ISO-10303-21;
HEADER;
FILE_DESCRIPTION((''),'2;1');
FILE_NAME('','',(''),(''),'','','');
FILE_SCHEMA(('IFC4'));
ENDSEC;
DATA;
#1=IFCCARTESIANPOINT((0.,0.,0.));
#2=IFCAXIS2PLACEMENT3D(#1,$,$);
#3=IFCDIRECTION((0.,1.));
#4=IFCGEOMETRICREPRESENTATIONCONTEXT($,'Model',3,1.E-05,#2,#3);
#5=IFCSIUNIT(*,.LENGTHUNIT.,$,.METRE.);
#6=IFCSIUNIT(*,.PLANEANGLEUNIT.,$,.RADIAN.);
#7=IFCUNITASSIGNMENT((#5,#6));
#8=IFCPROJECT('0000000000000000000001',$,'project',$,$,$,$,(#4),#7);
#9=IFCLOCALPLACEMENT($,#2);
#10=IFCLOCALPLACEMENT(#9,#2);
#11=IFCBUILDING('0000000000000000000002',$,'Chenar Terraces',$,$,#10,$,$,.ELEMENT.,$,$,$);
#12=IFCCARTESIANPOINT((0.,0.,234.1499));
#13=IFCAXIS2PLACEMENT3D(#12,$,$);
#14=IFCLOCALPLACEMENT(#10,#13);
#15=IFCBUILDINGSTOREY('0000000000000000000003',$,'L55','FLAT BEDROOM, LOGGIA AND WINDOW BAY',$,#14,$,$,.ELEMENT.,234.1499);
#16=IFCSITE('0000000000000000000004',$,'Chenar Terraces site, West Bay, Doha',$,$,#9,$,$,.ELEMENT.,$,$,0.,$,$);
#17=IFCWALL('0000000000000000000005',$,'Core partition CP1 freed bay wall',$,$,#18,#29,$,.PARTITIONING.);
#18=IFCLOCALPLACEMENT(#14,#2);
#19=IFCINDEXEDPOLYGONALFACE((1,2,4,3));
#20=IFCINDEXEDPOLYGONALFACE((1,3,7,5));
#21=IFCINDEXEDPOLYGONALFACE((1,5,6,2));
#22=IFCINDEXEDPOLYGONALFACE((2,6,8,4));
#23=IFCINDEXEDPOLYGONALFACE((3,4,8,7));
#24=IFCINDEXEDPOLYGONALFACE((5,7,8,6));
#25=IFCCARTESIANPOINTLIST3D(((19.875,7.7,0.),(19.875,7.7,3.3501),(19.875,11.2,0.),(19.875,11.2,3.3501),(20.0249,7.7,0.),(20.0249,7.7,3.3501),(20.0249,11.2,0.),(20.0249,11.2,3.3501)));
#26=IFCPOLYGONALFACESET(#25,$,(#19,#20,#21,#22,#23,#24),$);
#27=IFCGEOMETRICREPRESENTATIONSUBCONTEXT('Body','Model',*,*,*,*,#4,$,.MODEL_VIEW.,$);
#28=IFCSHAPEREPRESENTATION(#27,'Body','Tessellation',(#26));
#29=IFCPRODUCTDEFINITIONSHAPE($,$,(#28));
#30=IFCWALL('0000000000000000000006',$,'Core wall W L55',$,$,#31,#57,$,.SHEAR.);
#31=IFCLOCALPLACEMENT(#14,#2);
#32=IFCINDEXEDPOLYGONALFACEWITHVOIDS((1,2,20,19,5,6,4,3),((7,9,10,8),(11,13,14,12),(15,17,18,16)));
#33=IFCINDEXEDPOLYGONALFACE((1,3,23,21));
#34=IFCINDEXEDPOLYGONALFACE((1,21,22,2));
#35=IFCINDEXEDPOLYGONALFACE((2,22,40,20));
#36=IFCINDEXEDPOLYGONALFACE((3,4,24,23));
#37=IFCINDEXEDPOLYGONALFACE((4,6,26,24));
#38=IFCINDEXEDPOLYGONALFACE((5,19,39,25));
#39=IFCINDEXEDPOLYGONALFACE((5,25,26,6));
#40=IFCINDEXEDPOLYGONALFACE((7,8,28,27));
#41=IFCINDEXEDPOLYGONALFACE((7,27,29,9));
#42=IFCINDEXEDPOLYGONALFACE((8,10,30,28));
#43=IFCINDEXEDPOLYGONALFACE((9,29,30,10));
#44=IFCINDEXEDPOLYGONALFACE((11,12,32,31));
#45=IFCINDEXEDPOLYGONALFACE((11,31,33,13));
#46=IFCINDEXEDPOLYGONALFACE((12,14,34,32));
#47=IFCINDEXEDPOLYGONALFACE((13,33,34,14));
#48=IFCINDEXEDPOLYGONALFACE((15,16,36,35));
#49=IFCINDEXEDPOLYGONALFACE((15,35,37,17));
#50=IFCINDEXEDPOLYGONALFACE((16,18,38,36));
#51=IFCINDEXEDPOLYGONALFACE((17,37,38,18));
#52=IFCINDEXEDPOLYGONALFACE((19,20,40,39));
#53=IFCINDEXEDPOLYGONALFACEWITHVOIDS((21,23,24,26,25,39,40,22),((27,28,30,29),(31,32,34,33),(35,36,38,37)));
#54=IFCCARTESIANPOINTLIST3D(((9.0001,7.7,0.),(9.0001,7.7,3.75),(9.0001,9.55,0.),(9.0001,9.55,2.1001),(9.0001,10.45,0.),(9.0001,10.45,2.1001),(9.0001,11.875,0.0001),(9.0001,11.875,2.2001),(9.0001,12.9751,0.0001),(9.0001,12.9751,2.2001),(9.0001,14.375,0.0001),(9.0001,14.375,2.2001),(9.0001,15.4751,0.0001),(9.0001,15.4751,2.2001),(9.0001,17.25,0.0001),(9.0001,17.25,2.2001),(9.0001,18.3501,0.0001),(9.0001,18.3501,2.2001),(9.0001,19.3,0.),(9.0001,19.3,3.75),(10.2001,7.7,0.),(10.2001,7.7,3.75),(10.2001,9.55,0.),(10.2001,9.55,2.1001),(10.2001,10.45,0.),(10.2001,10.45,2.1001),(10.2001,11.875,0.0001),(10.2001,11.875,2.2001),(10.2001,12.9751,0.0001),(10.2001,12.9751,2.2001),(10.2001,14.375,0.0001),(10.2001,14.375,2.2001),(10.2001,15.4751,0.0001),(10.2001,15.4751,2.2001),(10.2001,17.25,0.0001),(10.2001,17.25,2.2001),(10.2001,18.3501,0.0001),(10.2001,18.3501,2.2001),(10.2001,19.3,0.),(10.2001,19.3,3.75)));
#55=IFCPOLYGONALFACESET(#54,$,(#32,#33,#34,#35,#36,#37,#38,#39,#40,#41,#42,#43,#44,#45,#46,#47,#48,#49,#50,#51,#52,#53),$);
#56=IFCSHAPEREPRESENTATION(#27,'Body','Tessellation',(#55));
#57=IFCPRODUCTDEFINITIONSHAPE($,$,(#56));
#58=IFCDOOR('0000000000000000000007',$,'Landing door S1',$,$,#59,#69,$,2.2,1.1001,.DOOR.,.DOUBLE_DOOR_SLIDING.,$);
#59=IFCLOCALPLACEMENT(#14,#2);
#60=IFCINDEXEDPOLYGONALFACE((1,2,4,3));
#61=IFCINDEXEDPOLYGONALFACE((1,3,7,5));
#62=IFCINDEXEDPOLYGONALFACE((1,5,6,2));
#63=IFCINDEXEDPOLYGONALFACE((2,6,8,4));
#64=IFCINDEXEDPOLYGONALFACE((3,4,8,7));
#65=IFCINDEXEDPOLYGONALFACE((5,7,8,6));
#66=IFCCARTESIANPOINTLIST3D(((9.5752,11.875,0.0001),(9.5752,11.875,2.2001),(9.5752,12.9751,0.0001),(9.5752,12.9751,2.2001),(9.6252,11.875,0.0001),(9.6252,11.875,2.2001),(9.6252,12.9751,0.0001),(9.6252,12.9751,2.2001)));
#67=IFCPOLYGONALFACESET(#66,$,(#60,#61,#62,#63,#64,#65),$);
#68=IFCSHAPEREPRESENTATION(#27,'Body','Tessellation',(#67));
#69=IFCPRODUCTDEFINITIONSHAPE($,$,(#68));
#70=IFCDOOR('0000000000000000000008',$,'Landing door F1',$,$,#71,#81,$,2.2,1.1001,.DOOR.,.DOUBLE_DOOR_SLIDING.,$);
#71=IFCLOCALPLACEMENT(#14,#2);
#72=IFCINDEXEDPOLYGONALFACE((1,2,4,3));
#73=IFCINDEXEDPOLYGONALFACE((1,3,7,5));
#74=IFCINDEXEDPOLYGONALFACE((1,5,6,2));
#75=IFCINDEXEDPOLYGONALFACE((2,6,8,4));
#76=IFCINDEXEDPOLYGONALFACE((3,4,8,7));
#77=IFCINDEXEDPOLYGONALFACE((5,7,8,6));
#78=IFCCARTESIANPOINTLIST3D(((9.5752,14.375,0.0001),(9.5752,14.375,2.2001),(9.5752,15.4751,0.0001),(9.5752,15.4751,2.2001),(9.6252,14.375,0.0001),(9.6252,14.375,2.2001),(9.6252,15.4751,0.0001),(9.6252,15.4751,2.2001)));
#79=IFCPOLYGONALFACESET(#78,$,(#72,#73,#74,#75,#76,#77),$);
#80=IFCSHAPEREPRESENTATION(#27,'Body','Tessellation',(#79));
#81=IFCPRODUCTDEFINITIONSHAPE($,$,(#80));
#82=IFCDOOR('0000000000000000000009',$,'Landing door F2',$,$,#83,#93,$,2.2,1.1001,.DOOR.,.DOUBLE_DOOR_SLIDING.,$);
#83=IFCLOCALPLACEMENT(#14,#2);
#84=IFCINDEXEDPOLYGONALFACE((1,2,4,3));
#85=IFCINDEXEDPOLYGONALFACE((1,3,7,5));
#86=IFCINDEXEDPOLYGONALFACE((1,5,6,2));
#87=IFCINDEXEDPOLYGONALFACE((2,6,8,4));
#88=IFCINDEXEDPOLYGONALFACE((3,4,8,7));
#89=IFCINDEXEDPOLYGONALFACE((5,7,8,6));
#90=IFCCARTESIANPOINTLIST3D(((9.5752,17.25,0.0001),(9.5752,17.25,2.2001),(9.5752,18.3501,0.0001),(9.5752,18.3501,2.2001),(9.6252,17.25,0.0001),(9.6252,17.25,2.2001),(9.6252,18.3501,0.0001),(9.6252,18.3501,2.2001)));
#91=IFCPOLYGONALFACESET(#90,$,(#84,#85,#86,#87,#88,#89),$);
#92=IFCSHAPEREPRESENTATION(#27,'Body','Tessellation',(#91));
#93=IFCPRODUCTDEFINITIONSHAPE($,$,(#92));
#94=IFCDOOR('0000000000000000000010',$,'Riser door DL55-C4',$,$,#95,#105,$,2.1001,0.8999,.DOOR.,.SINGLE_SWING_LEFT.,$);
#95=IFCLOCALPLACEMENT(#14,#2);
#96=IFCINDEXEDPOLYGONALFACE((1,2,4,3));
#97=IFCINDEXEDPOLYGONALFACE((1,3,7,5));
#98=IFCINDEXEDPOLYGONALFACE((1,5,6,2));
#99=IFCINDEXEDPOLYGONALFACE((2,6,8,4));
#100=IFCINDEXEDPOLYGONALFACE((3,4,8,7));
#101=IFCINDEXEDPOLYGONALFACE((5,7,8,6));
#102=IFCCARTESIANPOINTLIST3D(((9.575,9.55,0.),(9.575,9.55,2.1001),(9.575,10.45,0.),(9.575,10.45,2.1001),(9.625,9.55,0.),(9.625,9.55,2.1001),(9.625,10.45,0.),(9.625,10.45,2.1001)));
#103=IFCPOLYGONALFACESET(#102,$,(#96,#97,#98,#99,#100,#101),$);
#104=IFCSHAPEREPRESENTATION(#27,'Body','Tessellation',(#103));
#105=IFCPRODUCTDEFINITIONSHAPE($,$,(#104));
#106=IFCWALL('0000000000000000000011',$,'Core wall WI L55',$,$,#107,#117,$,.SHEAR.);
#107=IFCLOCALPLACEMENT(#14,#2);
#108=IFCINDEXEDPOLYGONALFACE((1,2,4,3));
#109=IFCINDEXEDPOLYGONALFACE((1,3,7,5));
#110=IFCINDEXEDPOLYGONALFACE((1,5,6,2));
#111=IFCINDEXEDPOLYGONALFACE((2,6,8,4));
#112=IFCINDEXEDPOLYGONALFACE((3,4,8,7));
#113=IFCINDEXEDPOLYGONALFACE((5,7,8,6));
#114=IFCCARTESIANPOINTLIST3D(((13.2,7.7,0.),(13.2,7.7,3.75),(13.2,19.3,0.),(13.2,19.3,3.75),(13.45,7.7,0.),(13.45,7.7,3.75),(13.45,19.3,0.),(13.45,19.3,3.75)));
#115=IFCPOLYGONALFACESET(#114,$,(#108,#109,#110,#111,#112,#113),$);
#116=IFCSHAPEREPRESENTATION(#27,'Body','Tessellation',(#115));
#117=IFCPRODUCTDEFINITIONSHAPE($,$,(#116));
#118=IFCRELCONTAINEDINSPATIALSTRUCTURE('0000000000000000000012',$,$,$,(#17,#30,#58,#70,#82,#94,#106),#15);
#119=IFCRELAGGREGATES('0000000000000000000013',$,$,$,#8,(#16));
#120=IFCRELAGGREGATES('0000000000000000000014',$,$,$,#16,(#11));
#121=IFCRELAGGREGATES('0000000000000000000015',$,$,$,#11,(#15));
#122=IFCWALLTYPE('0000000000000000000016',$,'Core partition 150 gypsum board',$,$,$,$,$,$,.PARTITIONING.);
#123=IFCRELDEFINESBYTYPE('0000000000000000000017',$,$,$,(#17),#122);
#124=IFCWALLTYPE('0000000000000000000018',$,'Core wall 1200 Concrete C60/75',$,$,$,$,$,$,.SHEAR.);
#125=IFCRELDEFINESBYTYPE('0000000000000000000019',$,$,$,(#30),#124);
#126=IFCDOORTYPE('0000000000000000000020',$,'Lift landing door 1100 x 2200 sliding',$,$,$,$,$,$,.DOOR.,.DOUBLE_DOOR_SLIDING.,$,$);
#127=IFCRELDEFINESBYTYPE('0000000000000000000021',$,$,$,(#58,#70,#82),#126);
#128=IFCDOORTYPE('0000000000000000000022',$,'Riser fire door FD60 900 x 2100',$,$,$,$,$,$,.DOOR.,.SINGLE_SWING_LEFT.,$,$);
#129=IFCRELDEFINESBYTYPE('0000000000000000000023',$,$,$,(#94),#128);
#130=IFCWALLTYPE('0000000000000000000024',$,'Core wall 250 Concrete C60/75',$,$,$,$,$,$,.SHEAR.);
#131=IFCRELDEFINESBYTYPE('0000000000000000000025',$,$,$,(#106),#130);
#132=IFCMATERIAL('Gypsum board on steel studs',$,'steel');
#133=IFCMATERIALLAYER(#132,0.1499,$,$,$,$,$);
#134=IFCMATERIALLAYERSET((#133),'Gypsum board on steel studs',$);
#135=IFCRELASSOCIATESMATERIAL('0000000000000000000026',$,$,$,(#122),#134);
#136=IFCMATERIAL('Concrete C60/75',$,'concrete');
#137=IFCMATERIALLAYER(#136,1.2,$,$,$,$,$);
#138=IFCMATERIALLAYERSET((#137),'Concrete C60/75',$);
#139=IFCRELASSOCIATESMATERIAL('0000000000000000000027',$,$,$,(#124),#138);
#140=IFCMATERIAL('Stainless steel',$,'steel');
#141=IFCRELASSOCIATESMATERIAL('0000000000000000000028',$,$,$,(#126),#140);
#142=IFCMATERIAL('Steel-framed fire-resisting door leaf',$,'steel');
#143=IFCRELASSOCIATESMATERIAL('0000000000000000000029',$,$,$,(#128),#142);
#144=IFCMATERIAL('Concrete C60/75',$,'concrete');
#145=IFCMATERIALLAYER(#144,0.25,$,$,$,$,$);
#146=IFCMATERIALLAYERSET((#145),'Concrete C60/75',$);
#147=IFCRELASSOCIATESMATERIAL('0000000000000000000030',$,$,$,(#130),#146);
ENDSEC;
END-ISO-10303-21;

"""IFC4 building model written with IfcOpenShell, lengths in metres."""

from ifc_helpers import new_model, si_unit, direction, frame, frame_2d, origin, place, context, subcontext, project, spatial, rectangle, extrude, material, layer, layer_set, type_object, element, fill, save


model = new_model("IFC4")

# Units and contexts
model_context = context("Model", 3, precision=1e-05, world=origin(), true_north=direction((0.0, 1.0)))
body_context = subcontext(model_context, "Body", "Model", "MODEL_VIEW")
ifc_project = project(units=[si_unit("LENGTHUNIT", "METRE"), si_unit("PLANEANGLEUNIT", "RADIAN")], contexts=[model_context])

# Site, building, storey
site_placement = place(None, origin())
site = spatial("IfcSite", under=ifc_project, at=site_placement, Name="Chenar Terraces site, West Bay, Doha", CompositionType="ELEMENT", RefElevation=0.0)
building_placement = place(site_placement, origin())
building = spatial("IfcBuilding", under=site, at=building_placement, Name="Chenar Terraces", CompositionType="ELEMENT")
storey_placement = place(building_placement, frame((0.0, 0.0, 234.1499)))
storey = spatial("IfcBuildingStorey", under=building, at=storey_placement, Name="L55", Description="FLAT BEDROOM, LOGGIA AND WINDOW BAY", CompositionType="ELEMENT", Elevation=234.1499)

# Wall
ifc_material_1 = material(Name="Gypsum board on steel studs", Category="steel")
ifc_layer_1 = layer(ifc_material_1, 0.1499)
ifc_layer_set_1 = layer_set([ifc_layer_1], Name="Gypsum board on steel studs")
wall_type_1 = type_object("IfcWallType", Name="Core partition 150 gypsum board", PredefinedType="PARTITIONING", material=ifc_layer_set_1)
wall_1_placement = place(storey_placement, frame((19.95, 7.7, 0.0), z_axis=(0.0, 0.0, 1.0), x_axis=(0.0, 1.0, 0.0)))
element("IfcWall", 1, at=wall_1_placement, inside=storey, type_object=wall_type_1, Name="Core partition CP1 freed bay wall", PredefinedType="PARTITIONING", context=body_context, shape_type="SweptSolid", body=[
    extrude(rectangle(XDim=3.5, YDim=0.1499, at=frame_2d((1.75, 0.0))), origin(), (0.0, 0.0, 1.0), 3.3501),
])

# Wall, openings, doors
ifc_material_2 = material(Name="Concrete C60/75", Category="concrete")
ifc_layer_2 = layer(ifc_material_2, 1.2)
ifc_layer_set_2 = layer_set([ifc_layer_2], Name="Concrete C60/75")
wall_type_2 = type_object("IfcWallType", Name="Core wall 1200 Concrete C60/75", PredefinedType="SHEAR", material=ifc_layer_set_2)
wall_2_placement = place(storey_placement, frame((9.6001, 7.7, 0.0), z_axis=(0.0, 0.0, 1.0), x_axis=(0.0, 1.0, 0.0)))
wall_2 = element("IfcWall", 2, at=wall_2_placement, inside=storey, type_object=wall_type_2, Name="Core wall W L55", PredefinedType="SHEAR", context=body_context, shape_type="SweptSolid", body=[
    extrude(rectangle(XDim=11.6001, YDim=1.2, at=frame_2d((5.8, 0.0))), origin(), (0.0, 0.0, 1.0), 3.75),
])
opening_1_placement = place(wall_2_placement, frame((4.175, 0.0, 0.0)))
opening_1 = element("IfcOpeningElement", 3, at=opening_1_placement, cuts=wall_2, PredefinedType="OPENING", context=body_context, shape_type="SweptSolid", body=[
    extrude(rectangle(XDim=1.1001, YDim=2.2, at=frame_2d((0.55, 1.1001))), frame((0.0, 0.6099, 0.0), z_axis=(0.0, -1.0, 0.0), x_axis=(1.0, 0.0, 0.0)), (0.0, 0.0, 1.0), 1.22),
])
opening_2_placement = place(wall_2_placement, frame((6.675, 0.0, 0.0)))
opening_2 = element("IfcOpeningElement", 4, at=opening_2_placement, cuts=wall_2, PredefinedType="OPENING", context=body_context, shape_type="SweptSolid", body=[
    extrude(rectangle(XDim=1.1001, YDim=2.2, at=frame_2d((0.55, 1.1001))), frame((0.0, 0.6099, 0.0), z_axis=(0.0, -1.0, 0.0), x_axis=(1.0, 0.0, 0.0)), (0.0, 0.0, 1.0), 1.22),
])
opening_3_placement = place(wall_2_placement, frame((9.55, 0.0, 0.0)))
opening_3 = element("IfcOpeningElement", 5, at=opening_3_placement, cuts=wall_2, PredefinedType="OPENING", context=body_context, shape_type="SweptSolid", body=[
    extrude(rectangle(XDim=1.1001, YDim=2.2, at=frame_2d((0.55, 1.1001))), frame((0.0, 0.6099, 0.0), z_axis=(0.0, -1.0, 0.0), x_axis=(1.0, 0.0, 0.0)), (0.0, 0.0, 1.0), 1.22),
])
opening_4_placement = place(wall_2_placement, frame((1.8501, 0.0, 0.0)))
opening_4 = element("IfcOpeningElement", 6, at=opening_4_placement, cuts=wall_2, PredefinedType="OPENING", context=body_context, shape_type="SweptSolid", body=[
    extrude(rectangle(XDim=0.8999, YDim=2.1001, at=frame_2d((0.45, 1.05))), frame((0.0, 0.6099, 0.0), z_axis=(0.0, -1.0, 0.0), x_axis=(1.0, 0.0, 0.0)), (0.0, 0.0, 1.0), 1.22),
])
ifc_material_3 = material(Name="Stainless steel", Category="steel")
door_type_1 = type_object("IfcDoorType", Name="Lift landing door 1100 x 2200 sliding", OperationType="DOUBLE_DOOR_SLIDING", PredefinedType="DOOR", material=ifc_material_3)
door_1_placement = place(opening_1_placement, origin())
door_1 = element("IfcDoor", 7, at=door_1_placement, inside=storey, type_object=door_type_1, Name="Landing door S1", OperationType="DOUBLE_DOOR_SLIDING", OverallHeight=2.2, OverallWidth=1.1001, PredefinedType="DOOR", context=body_context, shape_type="SweptSolid", body=[
    extrude(rectangle(XDim=1.1001, YDim=2.2, at=frame_2d((0.55, 1.1001))), frame((0.0, 0.0249, 0.0), z_axis=(0.0, -1.0, 0.0), x_axis=(1.0, 0.0, 0.0)), (0.0, 0.0, 1.0), 0.05),
])
fill(opening_1, door_1)
door_2_placement = place(opening_2_placement, origin())
door_2 = element("IfcDoor", 8, at=door_2_placement, inside=storey, type_object=door_type_1, Name="Landing door F1", OperationType="DOUBLE_DOOR_SLIDING", OverallHeight=2.2, OverallWidth=1.1001, PredefinedType="DOOR", context=body_context, shape_type="SweptSolid", body=[
    extrude(rectangle(XDim=1.1001, YDim=2.2, at=frame_2d((0.55, 1.1001))), frame((0.0, 0.0249, 0.0), z_axis=(0.0, -1.0, 0.0), x_axis=(1.0, 0.0, 0.0)), (0.0, 0.0, 1.0), 0.05),
])
fill(opening_2, door_2)
door_3_placement = place(opening_3_placement, origin())
door_3 = element("IfcDoor", 9, at=door_3_placement, inside=storey, type_object=door_type_1, Name="Landing door F2", OperationType="DOUBLE_DOOR_SLIDING", OverallHeight=2.2, OverallWidth=1.1001, PredefinedType="DOOR", context=body_context, shape_type="SweptSolid", body=[
    extrude(rectangle(XDim=1.1001, YDim=2.2, at=frame_2d((0.55, 1.1001))), frame((0.0, 0.0249, 0.0), z_axis=(0.0, -1.0, 0.0), x_axis=(1.0, 0.0, 0.0)), (0.0, 0.0, 1.0), 0.05),
])
fill(opening_3, door_3)
ifc_material_4 = material(Name="Steel-framed fire-resisting door leaf", Category="steel")
door_type_2 = type_object("IfcDoorType", Name="Riser fire door FD60 900 x 2100", OperationType="SINGLE_SWING_LEFT", PredefinedType="DOOR", material=ifc_material_4)
door_4_placement = place(opening_4_placement, frame((0.8999, 0.0, 0.0), z_axis=(0.0, 0.0, 1.0), x_axis=(-1.0, 0.0, 0.0)))
door_4 = element("IfcDoor", 10, at=door_4_placement, inside=storey, type_object=door_type_2, Name="Riser door DL55-C4", OperationType="SINGLE_SWING_LEFT", OverallHeight=2.1001, OverallWidth=0.8999, PredefinedType="DOOR", context=body_context, shape_type="SweptSolid", body=[
    extrude(rectangle(XDim=0.8999, YDim=2.1001, at=frame_2d((0.45, 1.05))), frame((0.0, 0.0249, 0.0), z_axis=(0.0, -1.0, 0.0), x_axis=(1.0, 0.0, 0.0)), (0.0, 0.0, 1.0), 0.05),
])
fill(opening_4, door_4)

# Wall
ifc_material_5 = material(Name="Concrete C60/75", Category="concrete")
ifc_layer_3 = layer(ifc_material_5, 0.25)
ifc_layer_set_3 = layer_set([ifc_layer_3], Name="Concrete C60/75")
wall_type_3 = type_object("IfcWallType", Name="Core wall 250 Concrete C60/75", PredefinedType="SHEAR", material=ifc_layer_set_3)
wall_3_placement = place(storey_placement, frame((13.325, 7.7, 0.0), z_axis=(0.0, 0.0, 1.0), x_axis=(0.0, 1.0, 0.0)))
element("IfcWall", 11, at=wall_3_placement, inside=storey, type_object=wall_type_3, Name="Core wall WI L55", PredefinedType="SHEAR", context=body_context, shape_type="SweptSolid", body=[
    extrude(rectangle(XDim=11.6001, YDim=0.25, at=frame_2d((5.8, 0.0))), origin(), (0.0, 0.0, 1.0), 3.75),
])

save(model, "model.ifc")
